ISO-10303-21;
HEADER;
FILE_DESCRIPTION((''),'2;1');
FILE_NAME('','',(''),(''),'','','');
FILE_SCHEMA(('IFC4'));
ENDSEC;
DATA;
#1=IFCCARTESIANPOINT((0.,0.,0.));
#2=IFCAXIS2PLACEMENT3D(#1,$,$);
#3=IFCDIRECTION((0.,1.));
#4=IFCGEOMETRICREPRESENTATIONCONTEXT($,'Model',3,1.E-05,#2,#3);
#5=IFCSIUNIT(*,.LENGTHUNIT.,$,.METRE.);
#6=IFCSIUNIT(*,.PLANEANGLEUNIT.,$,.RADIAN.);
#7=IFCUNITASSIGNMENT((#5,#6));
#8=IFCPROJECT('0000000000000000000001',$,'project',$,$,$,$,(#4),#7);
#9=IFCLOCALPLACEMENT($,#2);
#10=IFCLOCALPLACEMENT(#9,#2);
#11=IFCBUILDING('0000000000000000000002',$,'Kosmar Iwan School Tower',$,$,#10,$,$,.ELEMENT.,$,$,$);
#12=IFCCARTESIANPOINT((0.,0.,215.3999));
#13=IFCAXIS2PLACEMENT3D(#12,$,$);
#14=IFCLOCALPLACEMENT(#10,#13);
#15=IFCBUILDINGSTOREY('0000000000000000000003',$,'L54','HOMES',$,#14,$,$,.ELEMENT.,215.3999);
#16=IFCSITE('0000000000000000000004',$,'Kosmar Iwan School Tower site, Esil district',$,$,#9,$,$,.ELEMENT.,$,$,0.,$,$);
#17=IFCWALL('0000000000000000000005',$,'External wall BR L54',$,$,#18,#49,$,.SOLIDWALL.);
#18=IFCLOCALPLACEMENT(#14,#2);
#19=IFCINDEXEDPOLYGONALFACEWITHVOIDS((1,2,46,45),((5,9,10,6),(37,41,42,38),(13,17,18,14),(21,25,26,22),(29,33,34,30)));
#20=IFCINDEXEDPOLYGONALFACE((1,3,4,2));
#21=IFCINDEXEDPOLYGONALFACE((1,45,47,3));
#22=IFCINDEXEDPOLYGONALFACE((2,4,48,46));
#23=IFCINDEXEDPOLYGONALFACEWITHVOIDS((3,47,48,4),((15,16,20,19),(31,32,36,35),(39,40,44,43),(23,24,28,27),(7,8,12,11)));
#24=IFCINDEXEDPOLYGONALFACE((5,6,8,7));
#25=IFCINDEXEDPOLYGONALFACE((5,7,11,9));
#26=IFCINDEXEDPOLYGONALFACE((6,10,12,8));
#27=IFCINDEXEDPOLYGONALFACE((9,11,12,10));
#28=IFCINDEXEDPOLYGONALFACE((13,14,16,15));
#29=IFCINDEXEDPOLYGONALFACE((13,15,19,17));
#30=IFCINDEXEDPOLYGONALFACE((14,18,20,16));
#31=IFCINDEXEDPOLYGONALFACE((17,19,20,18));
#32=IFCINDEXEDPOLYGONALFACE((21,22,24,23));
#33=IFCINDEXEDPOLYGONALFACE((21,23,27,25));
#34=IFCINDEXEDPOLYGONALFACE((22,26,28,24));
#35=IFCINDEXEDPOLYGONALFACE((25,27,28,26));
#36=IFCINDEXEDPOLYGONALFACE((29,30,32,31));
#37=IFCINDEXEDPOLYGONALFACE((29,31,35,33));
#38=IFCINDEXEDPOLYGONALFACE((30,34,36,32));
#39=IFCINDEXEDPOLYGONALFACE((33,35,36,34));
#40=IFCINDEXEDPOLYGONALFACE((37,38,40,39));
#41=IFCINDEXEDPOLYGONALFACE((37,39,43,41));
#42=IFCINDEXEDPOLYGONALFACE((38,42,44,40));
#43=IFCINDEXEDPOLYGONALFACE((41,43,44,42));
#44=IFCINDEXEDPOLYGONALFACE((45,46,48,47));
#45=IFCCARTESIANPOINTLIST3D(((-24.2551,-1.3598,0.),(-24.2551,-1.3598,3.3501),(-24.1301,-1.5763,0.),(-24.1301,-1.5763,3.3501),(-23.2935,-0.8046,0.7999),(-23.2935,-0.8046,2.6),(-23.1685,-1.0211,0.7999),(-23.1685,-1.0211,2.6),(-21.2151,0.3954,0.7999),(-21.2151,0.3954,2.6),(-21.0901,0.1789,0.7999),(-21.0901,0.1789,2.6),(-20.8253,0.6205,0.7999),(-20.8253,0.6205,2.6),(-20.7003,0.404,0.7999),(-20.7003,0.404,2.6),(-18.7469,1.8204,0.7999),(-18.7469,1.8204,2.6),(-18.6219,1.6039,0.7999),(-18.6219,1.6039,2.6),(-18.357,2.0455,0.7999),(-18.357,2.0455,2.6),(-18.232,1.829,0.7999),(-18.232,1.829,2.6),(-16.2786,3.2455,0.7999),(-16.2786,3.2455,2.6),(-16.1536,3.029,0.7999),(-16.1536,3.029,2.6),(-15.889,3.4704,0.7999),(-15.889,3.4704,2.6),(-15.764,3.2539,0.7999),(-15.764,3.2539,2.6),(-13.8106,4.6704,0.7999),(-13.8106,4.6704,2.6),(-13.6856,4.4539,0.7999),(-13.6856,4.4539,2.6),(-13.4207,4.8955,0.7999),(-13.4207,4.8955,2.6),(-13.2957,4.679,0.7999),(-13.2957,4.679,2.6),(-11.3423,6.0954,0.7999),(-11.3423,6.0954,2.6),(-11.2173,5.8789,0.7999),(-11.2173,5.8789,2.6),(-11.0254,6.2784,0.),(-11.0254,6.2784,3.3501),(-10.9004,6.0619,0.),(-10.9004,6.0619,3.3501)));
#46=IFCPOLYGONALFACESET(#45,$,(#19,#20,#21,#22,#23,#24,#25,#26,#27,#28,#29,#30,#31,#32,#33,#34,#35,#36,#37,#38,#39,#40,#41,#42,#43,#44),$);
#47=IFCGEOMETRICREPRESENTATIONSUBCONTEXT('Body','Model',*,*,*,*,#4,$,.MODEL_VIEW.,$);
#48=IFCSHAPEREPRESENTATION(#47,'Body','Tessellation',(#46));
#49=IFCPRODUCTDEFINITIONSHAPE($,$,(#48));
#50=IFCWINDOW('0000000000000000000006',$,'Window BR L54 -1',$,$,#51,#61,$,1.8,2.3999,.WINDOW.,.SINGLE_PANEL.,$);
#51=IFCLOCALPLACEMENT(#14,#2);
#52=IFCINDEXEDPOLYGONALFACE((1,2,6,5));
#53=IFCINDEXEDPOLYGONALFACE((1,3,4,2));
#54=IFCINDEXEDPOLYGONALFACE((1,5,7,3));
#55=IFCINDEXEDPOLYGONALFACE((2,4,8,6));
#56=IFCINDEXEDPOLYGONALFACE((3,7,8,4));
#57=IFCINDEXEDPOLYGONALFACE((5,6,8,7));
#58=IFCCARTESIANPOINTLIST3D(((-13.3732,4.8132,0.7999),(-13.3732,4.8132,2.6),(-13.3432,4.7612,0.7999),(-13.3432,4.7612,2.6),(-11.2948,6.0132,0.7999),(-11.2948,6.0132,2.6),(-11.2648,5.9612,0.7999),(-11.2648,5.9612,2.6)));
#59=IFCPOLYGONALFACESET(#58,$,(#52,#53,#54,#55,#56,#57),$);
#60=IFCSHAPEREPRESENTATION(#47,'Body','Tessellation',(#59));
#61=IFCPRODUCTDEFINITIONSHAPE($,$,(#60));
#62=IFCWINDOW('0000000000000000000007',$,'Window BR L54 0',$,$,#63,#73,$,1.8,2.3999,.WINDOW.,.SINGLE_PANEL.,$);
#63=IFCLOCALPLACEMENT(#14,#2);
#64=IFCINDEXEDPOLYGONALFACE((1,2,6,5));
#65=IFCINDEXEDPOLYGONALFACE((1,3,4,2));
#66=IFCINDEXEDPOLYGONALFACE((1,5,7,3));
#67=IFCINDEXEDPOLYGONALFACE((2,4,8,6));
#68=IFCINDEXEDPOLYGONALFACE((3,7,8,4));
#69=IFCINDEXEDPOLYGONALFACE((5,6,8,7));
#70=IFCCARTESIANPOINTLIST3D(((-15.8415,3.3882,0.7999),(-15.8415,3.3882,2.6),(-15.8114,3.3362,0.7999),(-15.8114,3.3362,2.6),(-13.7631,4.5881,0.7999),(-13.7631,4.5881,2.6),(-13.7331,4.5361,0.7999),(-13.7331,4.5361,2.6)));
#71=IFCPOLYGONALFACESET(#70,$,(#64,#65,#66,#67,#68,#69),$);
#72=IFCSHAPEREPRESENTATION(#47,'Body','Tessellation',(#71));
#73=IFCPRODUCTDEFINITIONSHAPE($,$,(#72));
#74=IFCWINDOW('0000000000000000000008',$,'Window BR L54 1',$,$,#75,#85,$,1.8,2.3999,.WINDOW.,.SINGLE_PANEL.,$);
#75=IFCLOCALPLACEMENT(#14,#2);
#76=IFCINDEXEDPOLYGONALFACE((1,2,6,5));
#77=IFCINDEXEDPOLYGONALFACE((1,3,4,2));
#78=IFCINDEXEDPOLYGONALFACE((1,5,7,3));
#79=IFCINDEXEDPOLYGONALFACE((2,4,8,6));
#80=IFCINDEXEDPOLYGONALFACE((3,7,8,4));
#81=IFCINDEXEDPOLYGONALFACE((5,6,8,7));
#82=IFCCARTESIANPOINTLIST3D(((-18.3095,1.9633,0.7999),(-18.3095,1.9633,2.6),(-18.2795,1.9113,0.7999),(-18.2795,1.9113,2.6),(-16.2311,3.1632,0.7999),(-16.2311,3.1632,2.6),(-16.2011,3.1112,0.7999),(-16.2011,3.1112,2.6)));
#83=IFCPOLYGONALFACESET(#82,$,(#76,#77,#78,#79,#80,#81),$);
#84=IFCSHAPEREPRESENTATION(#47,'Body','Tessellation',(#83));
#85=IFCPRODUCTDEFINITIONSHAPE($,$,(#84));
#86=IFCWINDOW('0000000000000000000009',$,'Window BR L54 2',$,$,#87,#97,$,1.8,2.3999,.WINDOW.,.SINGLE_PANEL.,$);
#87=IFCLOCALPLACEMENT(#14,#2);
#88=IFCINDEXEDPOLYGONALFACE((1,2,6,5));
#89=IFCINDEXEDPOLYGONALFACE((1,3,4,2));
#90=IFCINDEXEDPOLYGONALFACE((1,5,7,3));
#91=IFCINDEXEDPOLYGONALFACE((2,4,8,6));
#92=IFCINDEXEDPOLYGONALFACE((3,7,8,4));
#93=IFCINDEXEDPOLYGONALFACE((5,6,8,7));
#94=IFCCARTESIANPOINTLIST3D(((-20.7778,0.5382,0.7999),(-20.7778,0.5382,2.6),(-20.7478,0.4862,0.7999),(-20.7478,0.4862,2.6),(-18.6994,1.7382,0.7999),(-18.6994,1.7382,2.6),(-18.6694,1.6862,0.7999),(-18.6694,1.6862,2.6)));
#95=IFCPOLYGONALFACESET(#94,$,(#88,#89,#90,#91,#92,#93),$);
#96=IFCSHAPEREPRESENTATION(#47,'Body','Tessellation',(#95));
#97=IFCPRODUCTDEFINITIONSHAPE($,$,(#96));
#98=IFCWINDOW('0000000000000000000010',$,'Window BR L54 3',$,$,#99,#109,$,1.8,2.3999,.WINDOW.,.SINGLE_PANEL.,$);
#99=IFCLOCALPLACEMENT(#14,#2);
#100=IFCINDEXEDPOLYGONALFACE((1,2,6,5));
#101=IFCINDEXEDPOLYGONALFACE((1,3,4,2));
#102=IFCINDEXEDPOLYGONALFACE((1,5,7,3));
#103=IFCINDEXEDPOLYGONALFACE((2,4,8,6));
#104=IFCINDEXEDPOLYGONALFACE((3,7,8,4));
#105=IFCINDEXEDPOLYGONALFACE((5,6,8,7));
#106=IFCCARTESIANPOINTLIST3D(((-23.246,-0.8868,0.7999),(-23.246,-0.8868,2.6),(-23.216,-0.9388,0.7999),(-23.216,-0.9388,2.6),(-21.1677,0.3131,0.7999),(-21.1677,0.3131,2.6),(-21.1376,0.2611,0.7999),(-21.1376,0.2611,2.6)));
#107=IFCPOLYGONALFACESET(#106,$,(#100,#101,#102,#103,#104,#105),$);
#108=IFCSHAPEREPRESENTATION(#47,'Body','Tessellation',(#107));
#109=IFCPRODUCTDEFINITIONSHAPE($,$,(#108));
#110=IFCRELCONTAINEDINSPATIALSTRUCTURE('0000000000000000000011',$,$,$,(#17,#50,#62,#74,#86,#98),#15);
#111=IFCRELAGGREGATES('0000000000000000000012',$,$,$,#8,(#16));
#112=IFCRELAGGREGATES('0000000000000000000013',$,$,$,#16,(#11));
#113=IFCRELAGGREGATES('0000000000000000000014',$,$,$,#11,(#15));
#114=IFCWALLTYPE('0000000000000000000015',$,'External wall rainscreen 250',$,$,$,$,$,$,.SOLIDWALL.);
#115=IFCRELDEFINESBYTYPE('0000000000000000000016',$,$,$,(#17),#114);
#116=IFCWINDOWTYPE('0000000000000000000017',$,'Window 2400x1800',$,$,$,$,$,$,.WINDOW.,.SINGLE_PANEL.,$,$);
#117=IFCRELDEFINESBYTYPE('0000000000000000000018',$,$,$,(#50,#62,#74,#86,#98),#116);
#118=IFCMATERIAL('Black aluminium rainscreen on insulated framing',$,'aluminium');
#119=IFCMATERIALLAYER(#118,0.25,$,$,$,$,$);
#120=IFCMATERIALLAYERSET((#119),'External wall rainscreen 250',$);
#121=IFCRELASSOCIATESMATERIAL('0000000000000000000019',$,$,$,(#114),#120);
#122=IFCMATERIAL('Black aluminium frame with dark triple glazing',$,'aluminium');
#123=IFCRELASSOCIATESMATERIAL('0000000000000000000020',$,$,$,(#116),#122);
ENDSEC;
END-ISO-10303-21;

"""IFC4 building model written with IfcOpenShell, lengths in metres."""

from ifc_helpers import new_model, si_unit, direction, frame, frame_2d, origin, place, context, subcontext, project, spatial, rectangle, extrude, material, layer, layer_set, type_object, element, fill, save


model = new_model("IFC4")

# Units and contexts
model_context = context("Model", 3, precision=1e-05, world=origin(), true_north=direction((0.0, 1.0)))
body_context = subcontext(model_context, "Body", "Model", "MODEL_VIEW")
ifc_project = project(units=[si_unit("LENGTHUNIT", "METRE"), si_unit("PLANEANGLEUNIT", "RADIAN")], contexts=[model_context])

# Site, building, storey
site_placement = place(None, origin())
site = spatial("IfcSite", under=ifc_project, at=site_placement, Name="Kosmar Iwan School Tower site, Esil district", CompositionType="ELEMENT", RefElevation=0.0)
building_placement = place(site_placement, origin())
building = spatial("IfcBuilding", under=site, at=building_placement, Name="Kosmar Iwan School Tower", CompositionType="ELEMENT")
storey_placement = place(building_placement, frame((0.0, 0.0, 215.3999)))
storey = spatial("IfcBuildingStorey", under=building, at=storey_placement, Name="L54", Description="HOMES", CompositionType="ELEMENT", Elevation=215.3999)

# Wall, openings, windows
ifc_material_1 = material(Name="Black aluminium rainscreen on insulated framing", Category="aluminium")
ifc_layer_1 = layer(ifc_material_1, 0.25)
ifc_layer_set_1 = layer_set([ifc_layer_1], Name="External wall rainscreen 250")
wall_type_1 = type_object("IfcWallType", Name="External wall rainscreen 250", PredefinedType="SOLIDWALL", material=ifc_layer_set_1)
ifc_material_2 = material(Name="Black aluminium frame with dark triple glazing", Category="aluminium")
window_type = type_object("IfcWindowType", Name="Window 2400x1800", PartitioningType="SINGLE_PANEL", PredefinedType="WINDOW", material=ifc_material_2)
wall_1_placement = place(storey_placement, frame((-10.9629, 6.1702, 0.0), z_axis=(0.0, 0.0, 1.0), x_axis=(-0.866026, -0.5, 0.0)))
wall_1 = element("IfcWall", 1, at=wall_1_placement, inside=storey, type_object=wall_type_1, Name="External wall BR L54", PredefinedType="SOLIDWALL", context=body_context, shape_type="SweptSolid", body=[
    extrude(rectangle(XDim=15.2764, YDim=0.25, at=frame_2d((7.6382, 0.0))), origin(), (0.0, 0.0, 1.0), 3.3501),
])
opening_1_placement = place(wall_1_placement, frame((0.366, 0.0, 0.8)))
opening_1 = element("IfcOpeningElement", 2, at=opening_1_placement, cuts=wall_1, PredefinedType="OPENING", context=body_context, shape_type="SweptSolid", body=[
    extrude(rectangle(XDim=2.3999, YDim=1.8, at=frame_2d((1.2, 0.8999))), frame((0.0, 0.137, 0.0), z_axis=(0.0, -1.0, 0.0), x_axis=(1.0, 0.0, 0.0)), (0.0, 0.0, 1.0), 0.2739),
])
opening_2_placement = place(wall_1_placement, frame((3.2161, 0.0, 0.8)))
opening_2 = element("IfcOpeningElement", 3, at=opening_2_placement, cuts=wall_1, PredefinedType="OPENING", context=body_context, shape_type="SweptSolid", body=[
    extrude(rectangle(XDim=2.3999, YDim=1.8, at=frame_2d((1.2, 0.8999))), frame((0.0, 0.137, 0.0), z_axis=(0.0, -1.0, 0.0), x_axis=(1.0, 0.0, 0.0)), (0.0, 0.0, 1.0), 0.2739),
])
opening_3_placement = place(wall_1_placement, frame((6.0659, 0.0, 0.8)))
opening_3 = element("IfcOpeningElement", 4, at=opening_3_placement, cuts=wall_1, PredefinedType="OPENING", context=body_context, shape_type="SweptSolid", body=[
    extrude(rectangle(XDim=2.3999, YDim=1.8, at=frame_2d((1.2, 0.8999))), frame((0.0, 0.137, 0.0), z_axis=(0.0, -1.0, 0.0), x_axis=(1.0, 0.0, 0.0)), (0.0, 0.0, 1.0), 0.2739),
])
opening_4_placement = place(wall_1_placement, frame((8.916, 0.0, 0.8)))
opening_4 = element("IfcOpeningElement", 5, at=opening_4_placement, cuts=wall_1, PredefinedType="OPENING", context=body_context, shape_type="SweptSolid", body=[
    extrude(rectangle(XDim=2.3999, YDim=1.8, at=frame_2d((1.2, 0.8999))), frame((0.0, 0.137, 0.0), z_axis=(0.0, -1.0, 0.0), x_axis=(1.0, 0.0, 0.0)), (0.0, 0.0, 1.0), 0.2739),
])
opening_5_placement = place(wall_1_placement, frame((11.7661, 0.0, 0.8)))
opening_5 = element("IfcOpeningElement", 6, at=opening_5_placement, cuts=wall_1, PredefinedType="OPENING", context=body_context, shape_type="SweptSolid", body=[
    extrude(rectangle(XDim=2.3999, YDim=1.8, at=frame_2d((1.2, 0.8999))), frame((0.0, 0.137, 0.0), z_axis=(0.0, -1.0, 0.0), x_axis=(1.0, 0.0, 0.0)), (0.0, 0.0, 1.0), 0.2739),
])
window_1_placement = place(opening_1_placement, origin())
window_1 = element("IfcWindow", 7, at=window_1_placement, inside=storey, type_object=window_type, Name="Window BR L54 -1", OverallHeight=1.8, OverallWidth=2.3999, PartitioningType="SINGLE_PANEL", PredefinedType="WINDOW", context=body_context, shape_type="SweptSolid", body=[
    extrude(rectangle(XDim=2.3999, YDim=1.8, at=frame_2d((1.2, 0.8999))), frame((0.0, 0.03, 0.0), z_axis=(0.0, -1.0, 0.0), x_axis=(1.0, 0.0, 0.0)), (0.0, 0.0, 1.0), 0.0601),
])
fill(opening_1, window_1)
window_2_placement = place(opening_2_placement, origin())
window_2 = element("IfcWindow", 8, at=window_2_placement, inside=storey, type_object=window_type, Name="Window BR L54 0", OverallHeight=1.8, OverallWidth=2.3999, PartitioningType="SINGLE_PANEL", PredefinedType="WINDOW", context=body_context, shape_type="SweptSolid", body=[
    extrude(rectangle(XDim=2.3999, YDim=1.8, at=frame_2d((1.2, 0.8999))), frame((0.0, 0.03, 0.0), z_axis=(0.0, -1.0, 0.0), x_axis=(1.0, 0.0, 0.0)), (0.0, 0.0, 1.0), 0.0601),
])
fill(opening_2, window_2)
window_3_placement = place(opening_3_placement, origin())
window_3 = element("IfcWindow", 9, at=window_3_placement, inside=storey, type_object=window_type, Name="Window BR L54 1", OverallHeight=1.8, OverallWidth=2.3999, PartitioningType="SINGLE_PANEL", PredefinedType="WINDOW", context=body_context, shape_type="SweptSolid", body=[
    extrude(rectangle(XDim=2.3999, YDim=1.8, at=frame_2d((1.2, 0.8999))), frame((0.0, 0.03, 0.0), z_axis=(0.0, -1.0, 0.0), x_axis=(1.0, 0.0, 0.0)), (0.0, 0.0, 1.0), 0.0601),
])
fill(opening_3, window_3)
window_4_placement = place(opening_4_placement, origin())
window_4 = element("IfcWindow", 10, at=window_4_placement, inside=storey, type_object=window_type, Name="Window BR L54 2", OverallHeight=1.8, OverallWidth=2.3999, PartitioningType="SINGLE_PANEL", PredefinedType="WINDOW", context=body_context, shape_type="SweptSolid", body=[
    extrude(rectangle(XDim=2.3999, YDim=1.8, at=frame_2d((1.2, 0.8999))), frame((0.0, 0.03, 0.0), z_axis=(0.0, -1.0, 0.0), x_axis=(1.0, 0.0, 0.0)), (0.0, 0.0, 1.0), 0.0601),
])
fill(opening_4, window_4)
window_5_placement = place(opening_5_placement, origin())
window_5 = element("IfcWindow", 11, at=window_5_placement, inside=storey, type_object=window_type, Name="Window BR L54 3", OverallHeight=1.8, OverallWidth=2.3999, PartitioningType="SINGLE_PANEL", PredefinedType="WINDOW", context=body_context, shape_type="SweptSolid", body=[
    extrude(rectangle(XDim=2.3999, YDim=1.8, at=frame_2d((1.2, 0.8999))), frame((0.0, 0.03, 0.0), z_axis=(0.0, -1.0, 0.0), x_axis=(1.0, 0.0, 0.0)), (0.0, 0.0, 1.0), 0.0601),
])
fill(opening_5, window_5)

save(model, "model.ifc")
